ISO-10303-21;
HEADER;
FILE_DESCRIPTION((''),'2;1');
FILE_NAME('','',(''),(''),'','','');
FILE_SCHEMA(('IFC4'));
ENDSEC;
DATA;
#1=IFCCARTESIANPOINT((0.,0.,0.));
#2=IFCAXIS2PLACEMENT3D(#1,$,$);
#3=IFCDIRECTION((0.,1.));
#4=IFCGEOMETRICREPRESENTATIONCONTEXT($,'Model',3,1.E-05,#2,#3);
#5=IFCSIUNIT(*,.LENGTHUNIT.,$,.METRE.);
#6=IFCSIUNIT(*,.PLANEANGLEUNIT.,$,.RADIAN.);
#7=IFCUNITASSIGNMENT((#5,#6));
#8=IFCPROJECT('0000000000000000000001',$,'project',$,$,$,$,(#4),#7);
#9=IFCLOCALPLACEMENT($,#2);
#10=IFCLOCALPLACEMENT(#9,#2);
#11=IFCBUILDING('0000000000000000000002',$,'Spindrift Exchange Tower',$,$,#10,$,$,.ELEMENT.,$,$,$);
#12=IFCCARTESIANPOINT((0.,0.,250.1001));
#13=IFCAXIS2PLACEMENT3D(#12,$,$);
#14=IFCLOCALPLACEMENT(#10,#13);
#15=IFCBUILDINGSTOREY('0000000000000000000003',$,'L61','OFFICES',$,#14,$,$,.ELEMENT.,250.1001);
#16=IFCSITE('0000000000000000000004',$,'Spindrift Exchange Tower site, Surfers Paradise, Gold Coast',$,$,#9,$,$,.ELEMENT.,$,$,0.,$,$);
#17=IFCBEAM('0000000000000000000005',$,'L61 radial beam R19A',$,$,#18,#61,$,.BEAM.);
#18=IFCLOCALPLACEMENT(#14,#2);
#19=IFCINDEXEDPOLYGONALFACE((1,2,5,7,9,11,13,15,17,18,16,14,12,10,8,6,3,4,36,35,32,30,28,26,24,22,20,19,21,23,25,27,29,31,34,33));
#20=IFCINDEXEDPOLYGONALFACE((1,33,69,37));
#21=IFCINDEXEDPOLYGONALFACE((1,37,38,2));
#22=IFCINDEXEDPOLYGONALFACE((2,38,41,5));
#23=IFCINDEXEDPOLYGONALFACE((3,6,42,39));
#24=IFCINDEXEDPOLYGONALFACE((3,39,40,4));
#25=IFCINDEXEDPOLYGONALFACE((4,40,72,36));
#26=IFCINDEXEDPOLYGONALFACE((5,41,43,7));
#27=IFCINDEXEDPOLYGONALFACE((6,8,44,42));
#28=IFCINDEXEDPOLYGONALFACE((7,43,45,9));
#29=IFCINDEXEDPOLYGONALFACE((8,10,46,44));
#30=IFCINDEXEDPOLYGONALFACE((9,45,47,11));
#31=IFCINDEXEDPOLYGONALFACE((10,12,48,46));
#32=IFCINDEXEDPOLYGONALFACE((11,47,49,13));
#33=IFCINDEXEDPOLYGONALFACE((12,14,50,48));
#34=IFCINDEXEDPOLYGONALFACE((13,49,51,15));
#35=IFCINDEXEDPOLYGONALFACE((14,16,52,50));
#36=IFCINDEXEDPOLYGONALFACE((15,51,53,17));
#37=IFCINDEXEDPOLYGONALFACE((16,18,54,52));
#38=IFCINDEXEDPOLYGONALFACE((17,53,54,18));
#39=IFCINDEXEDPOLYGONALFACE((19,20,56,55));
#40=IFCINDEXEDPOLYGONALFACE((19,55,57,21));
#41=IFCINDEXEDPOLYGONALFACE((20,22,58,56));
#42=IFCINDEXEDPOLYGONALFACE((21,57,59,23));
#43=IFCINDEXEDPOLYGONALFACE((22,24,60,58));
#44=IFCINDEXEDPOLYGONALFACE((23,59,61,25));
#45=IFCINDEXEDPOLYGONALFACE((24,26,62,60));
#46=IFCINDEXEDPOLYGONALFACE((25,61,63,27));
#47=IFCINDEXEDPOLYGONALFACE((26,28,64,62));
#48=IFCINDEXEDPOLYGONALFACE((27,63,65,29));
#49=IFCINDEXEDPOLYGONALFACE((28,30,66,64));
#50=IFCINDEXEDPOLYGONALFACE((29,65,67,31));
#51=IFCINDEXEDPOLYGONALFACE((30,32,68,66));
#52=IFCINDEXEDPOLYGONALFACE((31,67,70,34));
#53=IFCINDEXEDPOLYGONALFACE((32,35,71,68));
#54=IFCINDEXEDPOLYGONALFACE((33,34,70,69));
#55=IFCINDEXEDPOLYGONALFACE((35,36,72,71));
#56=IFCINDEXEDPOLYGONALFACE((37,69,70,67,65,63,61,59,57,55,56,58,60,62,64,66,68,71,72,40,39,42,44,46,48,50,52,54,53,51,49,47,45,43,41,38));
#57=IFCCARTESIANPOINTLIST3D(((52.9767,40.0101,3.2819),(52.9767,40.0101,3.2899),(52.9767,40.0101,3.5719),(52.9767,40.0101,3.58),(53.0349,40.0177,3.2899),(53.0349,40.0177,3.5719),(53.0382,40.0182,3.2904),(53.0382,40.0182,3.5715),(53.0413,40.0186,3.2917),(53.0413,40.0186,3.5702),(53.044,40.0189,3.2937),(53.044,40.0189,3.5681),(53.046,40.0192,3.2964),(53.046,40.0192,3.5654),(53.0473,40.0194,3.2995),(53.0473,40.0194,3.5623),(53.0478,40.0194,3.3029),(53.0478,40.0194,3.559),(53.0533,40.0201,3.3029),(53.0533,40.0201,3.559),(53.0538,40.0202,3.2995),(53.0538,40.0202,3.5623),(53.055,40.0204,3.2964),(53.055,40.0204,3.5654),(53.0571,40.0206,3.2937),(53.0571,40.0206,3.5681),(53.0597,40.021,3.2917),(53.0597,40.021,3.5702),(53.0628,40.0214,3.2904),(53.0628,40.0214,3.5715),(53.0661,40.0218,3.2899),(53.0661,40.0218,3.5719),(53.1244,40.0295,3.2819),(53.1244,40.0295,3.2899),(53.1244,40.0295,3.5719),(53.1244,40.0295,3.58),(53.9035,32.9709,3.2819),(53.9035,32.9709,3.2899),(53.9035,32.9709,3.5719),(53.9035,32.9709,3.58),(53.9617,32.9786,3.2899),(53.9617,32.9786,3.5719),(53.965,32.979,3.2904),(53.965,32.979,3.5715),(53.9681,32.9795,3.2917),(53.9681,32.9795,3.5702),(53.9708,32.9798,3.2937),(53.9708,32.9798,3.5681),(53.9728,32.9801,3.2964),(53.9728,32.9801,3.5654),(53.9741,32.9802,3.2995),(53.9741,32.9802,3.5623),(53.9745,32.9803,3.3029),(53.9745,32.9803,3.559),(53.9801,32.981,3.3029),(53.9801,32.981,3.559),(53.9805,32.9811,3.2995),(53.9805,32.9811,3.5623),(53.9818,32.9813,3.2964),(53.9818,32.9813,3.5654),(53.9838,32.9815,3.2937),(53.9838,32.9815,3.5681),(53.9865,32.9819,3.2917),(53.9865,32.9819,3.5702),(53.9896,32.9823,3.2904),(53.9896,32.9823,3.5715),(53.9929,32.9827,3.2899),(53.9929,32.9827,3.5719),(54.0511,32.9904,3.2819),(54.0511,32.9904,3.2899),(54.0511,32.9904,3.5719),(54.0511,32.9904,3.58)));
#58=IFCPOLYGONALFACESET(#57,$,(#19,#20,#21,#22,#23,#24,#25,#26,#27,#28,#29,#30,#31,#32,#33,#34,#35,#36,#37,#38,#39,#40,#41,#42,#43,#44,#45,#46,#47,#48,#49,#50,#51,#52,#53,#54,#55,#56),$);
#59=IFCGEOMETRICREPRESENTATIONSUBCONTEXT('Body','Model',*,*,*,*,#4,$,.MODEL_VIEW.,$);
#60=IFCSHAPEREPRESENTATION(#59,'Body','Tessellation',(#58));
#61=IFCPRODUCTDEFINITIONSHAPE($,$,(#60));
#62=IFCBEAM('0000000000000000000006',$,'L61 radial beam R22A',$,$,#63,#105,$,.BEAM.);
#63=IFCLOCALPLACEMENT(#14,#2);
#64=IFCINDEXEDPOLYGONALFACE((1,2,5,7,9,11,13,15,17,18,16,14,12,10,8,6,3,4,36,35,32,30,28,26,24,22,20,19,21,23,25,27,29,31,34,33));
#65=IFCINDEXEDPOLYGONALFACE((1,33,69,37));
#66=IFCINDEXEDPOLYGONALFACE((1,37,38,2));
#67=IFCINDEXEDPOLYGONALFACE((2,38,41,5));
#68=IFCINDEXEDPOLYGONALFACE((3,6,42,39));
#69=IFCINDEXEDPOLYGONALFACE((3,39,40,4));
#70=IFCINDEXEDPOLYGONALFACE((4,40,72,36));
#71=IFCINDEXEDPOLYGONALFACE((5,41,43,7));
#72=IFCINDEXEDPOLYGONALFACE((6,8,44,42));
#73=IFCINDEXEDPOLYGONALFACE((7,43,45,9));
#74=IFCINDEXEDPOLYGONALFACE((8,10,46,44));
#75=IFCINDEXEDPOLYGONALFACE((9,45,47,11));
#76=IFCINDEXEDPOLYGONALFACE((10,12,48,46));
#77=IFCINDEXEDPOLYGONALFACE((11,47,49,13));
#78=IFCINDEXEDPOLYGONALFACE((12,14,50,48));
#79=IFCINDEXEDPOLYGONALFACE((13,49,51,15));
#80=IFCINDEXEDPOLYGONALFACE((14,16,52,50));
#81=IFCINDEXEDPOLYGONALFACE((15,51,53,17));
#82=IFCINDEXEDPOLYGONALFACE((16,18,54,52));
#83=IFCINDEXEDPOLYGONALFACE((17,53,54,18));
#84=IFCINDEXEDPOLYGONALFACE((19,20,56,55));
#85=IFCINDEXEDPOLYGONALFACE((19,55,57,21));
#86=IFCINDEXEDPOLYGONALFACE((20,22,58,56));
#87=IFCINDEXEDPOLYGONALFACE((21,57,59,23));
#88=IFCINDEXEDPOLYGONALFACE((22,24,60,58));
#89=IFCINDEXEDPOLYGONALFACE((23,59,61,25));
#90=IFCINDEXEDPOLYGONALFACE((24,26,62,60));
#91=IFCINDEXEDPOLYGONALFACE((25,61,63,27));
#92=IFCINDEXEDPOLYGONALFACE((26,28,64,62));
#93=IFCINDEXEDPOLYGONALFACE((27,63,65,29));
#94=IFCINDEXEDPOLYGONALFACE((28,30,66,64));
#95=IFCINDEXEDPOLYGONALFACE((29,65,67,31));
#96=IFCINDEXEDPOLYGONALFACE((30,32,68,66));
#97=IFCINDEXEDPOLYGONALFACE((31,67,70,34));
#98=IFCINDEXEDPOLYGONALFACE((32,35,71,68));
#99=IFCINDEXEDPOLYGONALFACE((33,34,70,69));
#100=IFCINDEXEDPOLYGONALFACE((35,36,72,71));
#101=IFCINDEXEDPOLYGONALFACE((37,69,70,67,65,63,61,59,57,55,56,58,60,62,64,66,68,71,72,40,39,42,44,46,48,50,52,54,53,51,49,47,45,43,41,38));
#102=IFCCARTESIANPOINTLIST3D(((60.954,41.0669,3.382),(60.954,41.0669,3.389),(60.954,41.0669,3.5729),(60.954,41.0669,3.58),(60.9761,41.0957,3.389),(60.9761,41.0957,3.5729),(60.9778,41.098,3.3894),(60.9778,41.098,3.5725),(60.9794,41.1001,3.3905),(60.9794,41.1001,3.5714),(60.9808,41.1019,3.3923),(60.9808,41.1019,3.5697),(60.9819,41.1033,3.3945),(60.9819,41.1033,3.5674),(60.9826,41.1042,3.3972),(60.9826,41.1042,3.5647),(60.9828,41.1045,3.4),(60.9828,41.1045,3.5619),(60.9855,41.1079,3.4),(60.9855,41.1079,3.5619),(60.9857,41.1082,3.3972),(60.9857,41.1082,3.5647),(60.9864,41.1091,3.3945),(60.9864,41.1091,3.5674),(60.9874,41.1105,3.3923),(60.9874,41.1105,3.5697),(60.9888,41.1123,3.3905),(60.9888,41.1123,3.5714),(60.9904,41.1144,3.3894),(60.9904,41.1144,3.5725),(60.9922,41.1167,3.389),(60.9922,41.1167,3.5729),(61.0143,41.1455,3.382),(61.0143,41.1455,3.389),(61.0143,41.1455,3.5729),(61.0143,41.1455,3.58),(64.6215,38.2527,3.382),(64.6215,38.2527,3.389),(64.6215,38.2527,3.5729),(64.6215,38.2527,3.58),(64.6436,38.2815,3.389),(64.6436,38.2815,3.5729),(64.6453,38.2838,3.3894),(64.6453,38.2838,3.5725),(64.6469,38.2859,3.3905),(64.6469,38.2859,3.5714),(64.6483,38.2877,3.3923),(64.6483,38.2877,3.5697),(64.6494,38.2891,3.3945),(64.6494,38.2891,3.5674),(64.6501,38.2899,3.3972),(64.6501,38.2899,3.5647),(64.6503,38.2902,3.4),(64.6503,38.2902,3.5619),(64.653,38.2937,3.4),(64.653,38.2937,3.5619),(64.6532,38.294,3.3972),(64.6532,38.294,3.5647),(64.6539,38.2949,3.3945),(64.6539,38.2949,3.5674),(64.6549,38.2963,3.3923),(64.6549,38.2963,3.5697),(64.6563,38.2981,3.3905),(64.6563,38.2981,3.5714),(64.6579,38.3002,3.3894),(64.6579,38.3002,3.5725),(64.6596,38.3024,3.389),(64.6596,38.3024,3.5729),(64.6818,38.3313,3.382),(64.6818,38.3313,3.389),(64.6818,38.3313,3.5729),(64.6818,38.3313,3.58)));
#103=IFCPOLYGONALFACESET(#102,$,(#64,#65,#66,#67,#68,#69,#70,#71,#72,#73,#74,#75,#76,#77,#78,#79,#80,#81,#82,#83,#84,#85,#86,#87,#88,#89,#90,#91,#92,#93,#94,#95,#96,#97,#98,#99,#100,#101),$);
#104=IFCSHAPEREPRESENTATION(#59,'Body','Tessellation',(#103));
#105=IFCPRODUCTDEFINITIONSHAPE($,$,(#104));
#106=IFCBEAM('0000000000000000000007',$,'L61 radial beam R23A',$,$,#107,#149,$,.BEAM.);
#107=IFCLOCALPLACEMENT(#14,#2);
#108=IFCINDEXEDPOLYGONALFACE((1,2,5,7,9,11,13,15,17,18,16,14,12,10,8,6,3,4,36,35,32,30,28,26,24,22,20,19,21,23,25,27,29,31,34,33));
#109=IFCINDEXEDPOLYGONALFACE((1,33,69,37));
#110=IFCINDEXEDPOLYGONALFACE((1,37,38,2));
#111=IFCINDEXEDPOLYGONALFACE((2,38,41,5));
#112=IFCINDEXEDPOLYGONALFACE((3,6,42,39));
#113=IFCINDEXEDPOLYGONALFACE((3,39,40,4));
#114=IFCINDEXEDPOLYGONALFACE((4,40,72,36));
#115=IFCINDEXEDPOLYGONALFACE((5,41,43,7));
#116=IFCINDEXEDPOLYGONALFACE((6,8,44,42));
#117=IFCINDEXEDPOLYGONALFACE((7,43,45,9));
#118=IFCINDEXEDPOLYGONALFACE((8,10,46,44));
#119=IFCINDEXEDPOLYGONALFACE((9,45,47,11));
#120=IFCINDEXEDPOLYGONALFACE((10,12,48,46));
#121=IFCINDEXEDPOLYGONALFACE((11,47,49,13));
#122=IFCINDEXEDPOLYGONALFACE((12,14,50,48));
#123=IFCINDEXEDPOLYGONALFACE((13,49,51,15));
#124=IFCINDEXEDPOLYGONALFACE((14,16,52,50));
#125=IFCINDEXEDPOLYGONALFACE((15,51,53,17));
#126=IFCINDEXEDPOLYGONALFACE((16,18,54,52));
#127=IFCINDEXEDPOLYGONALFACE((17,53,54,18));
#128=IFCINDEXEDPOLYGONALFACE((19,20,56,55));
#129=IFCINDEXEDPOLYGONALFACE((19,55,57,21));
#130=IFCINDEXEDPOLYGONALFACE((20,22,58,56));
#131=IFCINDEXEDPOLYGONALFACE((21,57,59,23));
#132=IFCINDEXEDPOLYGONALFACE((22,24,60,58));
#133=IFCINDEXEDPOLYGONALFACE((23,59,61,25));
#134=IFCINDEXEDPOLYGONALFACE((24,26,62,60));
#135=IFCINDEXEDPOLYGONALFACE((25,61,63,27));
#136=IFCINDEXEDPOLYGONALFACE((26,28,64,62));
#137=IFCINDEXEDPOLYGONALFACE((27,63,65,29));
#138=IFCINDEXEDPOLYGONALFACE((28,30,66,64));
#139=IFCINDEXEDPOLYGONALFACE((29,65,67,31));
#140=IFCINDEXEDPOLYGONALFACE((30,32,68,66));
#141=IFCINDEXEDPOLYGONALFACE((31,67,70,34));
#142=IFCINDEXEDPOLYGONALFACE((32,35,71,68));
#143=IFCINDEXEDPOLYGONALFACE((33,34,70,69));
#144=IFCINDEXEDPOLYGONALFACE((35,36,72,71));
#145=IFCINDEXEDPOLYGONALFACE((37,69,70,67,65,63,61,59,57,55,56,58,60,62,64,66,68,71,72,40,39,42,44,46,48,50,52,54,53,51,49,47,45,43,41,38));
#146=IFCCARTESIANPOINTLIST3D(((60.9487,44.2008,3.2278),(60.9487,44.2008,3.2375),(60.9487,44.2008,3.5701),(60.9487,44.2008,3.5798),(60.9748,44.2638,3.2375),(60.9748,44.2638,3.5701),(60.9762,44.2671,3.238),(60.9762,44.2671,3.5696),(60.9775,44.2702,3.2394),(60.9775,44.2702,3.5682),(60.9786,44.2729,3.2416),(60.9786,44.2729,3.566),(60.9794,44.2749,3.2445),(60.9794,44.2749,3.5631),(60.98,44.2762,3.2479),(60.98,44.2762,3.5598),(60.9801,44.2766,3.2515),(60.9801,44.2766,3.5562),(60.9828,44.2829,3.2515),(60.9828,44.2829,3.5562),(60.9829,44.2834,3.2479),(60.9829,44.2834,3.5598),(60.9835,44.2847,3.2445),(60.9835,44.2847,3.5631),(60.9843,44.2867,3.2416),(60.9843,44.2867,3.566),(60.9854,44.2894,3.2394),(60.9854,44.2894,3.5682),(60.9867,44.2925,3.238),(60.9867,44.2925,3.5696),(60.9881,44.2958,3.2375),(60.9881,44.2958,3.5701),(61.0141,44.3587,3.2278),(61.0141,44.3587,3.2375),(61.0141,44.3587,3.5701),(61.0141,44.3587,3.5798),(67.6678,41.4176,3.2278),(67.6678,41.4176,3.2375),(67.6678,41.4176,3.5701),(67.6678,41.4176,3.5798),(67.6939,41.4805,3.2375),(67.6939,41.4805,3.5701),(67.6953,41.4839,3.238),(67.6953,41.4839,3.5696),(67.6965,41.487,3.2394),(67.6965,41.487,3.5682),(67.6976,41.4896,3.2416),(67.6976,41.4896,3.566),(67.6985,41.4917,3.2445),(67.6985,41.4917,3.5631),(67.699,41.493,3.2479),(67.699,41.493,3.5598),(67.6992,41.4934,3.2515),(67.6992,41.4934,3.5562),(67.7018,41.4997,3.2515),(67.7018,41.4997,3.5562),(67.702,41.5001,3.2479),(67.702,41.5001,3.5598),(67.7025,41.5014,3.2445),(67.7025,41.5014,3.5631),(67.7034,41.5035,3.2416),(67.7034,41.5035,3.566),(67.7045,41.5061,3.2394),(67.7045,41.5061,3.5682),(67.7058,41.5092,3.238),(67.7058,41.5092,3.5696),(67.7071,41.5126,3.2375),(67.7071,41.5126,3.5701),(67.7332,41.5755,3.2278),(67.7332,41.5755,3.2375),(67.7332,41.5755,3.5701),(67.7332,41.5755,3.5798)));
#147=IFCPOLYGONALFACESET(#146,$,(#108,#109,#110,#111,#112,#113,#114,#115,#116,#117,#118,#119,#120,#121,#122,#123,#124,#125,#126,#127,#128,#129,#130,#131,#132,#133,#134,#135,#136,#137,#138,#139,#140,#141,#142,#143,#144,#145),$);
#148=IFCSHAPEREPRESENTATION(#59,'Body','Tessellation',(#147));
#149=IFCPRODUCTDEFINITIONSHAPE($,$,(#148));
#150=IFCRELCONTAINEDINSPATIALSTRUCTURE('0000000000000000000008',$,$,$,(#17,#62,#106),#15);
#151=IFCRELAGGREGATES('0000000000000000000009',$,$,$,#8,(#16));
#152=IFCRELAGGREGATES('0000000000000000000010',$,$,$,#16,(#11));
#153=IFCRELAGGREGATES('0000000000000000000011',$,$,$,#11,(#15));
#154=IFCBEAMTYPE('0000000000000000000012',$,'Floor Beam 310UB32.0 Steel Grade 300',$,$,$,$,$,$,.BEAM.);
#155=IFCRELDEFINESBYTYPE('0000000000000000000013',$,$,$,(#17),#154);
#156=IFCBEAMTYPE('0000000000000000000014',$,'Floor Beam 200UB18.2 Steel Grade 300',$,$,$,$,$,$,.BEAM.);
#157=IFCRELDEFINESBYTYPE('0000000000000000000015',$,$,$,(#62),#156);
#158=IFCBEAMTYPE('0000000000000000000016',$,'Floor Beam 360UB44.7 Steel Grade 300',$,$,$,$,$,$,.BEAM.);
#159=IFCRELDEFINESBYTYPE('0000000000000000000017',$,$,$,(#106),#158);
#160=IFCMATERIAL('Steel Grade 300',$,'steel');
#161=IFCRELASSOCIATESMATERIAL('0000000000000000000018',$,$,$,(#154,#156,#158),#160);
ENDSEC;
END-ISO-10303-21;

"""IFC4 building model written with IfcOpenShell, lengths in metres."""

from ifc_helpers import new_model, si_unit, direction, frame, origin, origin_2d, place, context, subcontext, project, spatial, i_section, extrude, source, transform, mapped, material, material_profile, profile_set, type_object, element, save


model = new_model("IFC4")

# Units and contexts
model_context = context("Model", 3, precision=1e-05, world=origin(), true_north=direction((0.0, 1.0)))
body_context = subcontext(model_context, "Body", "Model", "MODEL_VIEW")
ifc_project = project(units=[si_unit("LENGTHUNIT", "METRE"), si_unit("PLANEANGLEUNIT", "RADIAN")], contexts=[model_context])

# Site, building, storey
site_placement = place(None, origin())
site = spatial("IfcSite", under=ifc_project, at=site_placement, Name="Spindrift Exchange Tower site, Surfers Paradise, Gold Coast", CompositionType="ELEMENT", RefElevation=0.0)
building_placement = place(site_placement, origin())
building = spatial("IfcBuilding", under=site, at=building_placement, Name="Spindrift Exchange Tower", CompositionType="ELEMENT")
storey_placement = place(building_placement, frame((0.0, 0.0, 250.1001)))
storey = spatial("IfcBuildingStorey", under=building, at=storey_placement, Name="L61", Description="OFFICES", CompositionType="ELEMENT", Elevation=250.1001)

# Beams
ifc_material_1 = material(Name="Steel Grade 300", Category="steel")
ifc_material_profile_1 = material_profile(ifc_material_1, i_section(OverallWidth=0.1489, OverallDepth=0.2981, WebThickness=0.0056, FlangeThickness=0.0081, FilletRadius=0.0129, at=origin_2d()), Name="310UB32.0")
ifc_profile_set_1 = profile_set([ifc_material_profile_1], Name="Steel Grade 300")
beam_type_1 = type_object("IfcBeamType", Name="Floor Beam 310UB32.0 Steel Grade 300", PredefinedType="BEAM", material=ifc_profile_set_1)
shared_shape_1 = source(origin(), body_context, "Body", "SweptSolid", [
    extrude(i_section(OverallWidth=0.1489, OverallDepth=0.2981, WebThickness=0.0056, FlangeThickness=0.0081, FilletRadius=0.0129, at=origin_2d()), origin(), (0.0, 0.0, 1.0), 7.0999),
])
beam_1_placement = place(storey_placement, frame((53.0505, 40.0198, 3.4309), z_axis=(0.130533, -0.991444, 0.0), x_axis=(0.991444, 0.130533, 0.0)))
element("IfcBeam", 1, at=beam_1_placement, inside=storey, type_object=beam_type_1, Name="L61 radial beam R19A", PredefinedType="BEAM", context=body_context, shape_type="MappedRepresentation", body=[
    mapped(shared_shape_1, transform((0.0, 0.0, 0.0), scale=1.0)),
])
ifc_material_profile_2 = material_profile(ifc_material_1, i_section(OverallWidth=0.0991, OverallDepth=0.198, WebThickness=0.0044, FlangeThickness=0.0071, FilletRadius=0.011, at=origin_2d()), Name="200UB18.2")
ifc_profile_set_2 = profile_set([ifc_material_profile_2], Name="Steel Grade 300")
beam_type_2 = type_object("IfcBeamType", Name="Floor Beam 200UB18.2 Steel Grade 300", PredefinedType="BEAM", material=ifc_profile_set_2)
shared_shape_2 = source(origin(), body_context, "Body", "SweptSolid", [
    extrude(i_section(OverallWidth=0.0991, OverallDepth=0.198, WebThickness=0.0044, FlangeThickness=0.0071, FilletRadius=0.011, at=origin_2d()), origin(), (0.0, 0.0, 1.0), 4.6228),
])
beam_2_placement = place(storey_placement, frame((60.9841, 41.1062, 3.481), z_axis=(0.793348, -0.608769, 0.0), x_axis=(0.608769, 0.793348, 0.0)))
element("IfcBeam", 2, at=beam_2_placement, inside=storey, type_object=beam_type_2, Name="L61 radial beam R22A", PredefinedType="BEAM", context=body_context, shape_type="MappedRepresentation", body=[
    mapped(shared_shape_2, transform((0.0, 0.0, 0.0), scale=1.0)),
])
ifc_material_profile_3 = material_profile(ifc_material_1, i_section(OverallWidth=0.1709, OverallDepth=0.3521, WebThickness=0.0068, FlangeThickness=0.0098, FilletRadius=0.0139, at=origin_2d()), Name="360UB44.7")
ifc_profile_set_3 = profile_set([ifc_material_profile_3], Name="Steel Grade 300")
beam_type_3 = type_object("IfcBeamType", Name="Floor Beam 360UB44.7 Steel Grade 300", PredefinedType="BEAM", material=ifc_profile_set_3)
shared_shape_3 = source(origin(), body_context, "Body", "SweptSolid", [
    extrude(i_section(OverallWidth=0.1709, OverallDepth=0.3521, WebThickness=0.0068, FlangeThickness=0.0098, FilletRadius=0.0139, at=origin_2d()), origin(), (0.0, 0.0, 1.0), 7.2727),
])
beam_3_placement = place(storey_placement, frame((60.9814, 44.2798, 3.4038), z_axis=(0.923874, -0.382696, 0.0), x_axis=(0.382696, 0.923874, 0.0)))
element("IfcBeam", 3, at=beam_3_placement, inside=storey, type_object=beam_type_3, Name="L61 radial beam R23A", PredefinedType="BEAM", context=body_context, shape_type="MappedRepresentation", body=[
    mapped(shared_shape_3, transform((0.0, 0.0, 0.0), scale=1.0)),
])

save(model, "model.ifc")
